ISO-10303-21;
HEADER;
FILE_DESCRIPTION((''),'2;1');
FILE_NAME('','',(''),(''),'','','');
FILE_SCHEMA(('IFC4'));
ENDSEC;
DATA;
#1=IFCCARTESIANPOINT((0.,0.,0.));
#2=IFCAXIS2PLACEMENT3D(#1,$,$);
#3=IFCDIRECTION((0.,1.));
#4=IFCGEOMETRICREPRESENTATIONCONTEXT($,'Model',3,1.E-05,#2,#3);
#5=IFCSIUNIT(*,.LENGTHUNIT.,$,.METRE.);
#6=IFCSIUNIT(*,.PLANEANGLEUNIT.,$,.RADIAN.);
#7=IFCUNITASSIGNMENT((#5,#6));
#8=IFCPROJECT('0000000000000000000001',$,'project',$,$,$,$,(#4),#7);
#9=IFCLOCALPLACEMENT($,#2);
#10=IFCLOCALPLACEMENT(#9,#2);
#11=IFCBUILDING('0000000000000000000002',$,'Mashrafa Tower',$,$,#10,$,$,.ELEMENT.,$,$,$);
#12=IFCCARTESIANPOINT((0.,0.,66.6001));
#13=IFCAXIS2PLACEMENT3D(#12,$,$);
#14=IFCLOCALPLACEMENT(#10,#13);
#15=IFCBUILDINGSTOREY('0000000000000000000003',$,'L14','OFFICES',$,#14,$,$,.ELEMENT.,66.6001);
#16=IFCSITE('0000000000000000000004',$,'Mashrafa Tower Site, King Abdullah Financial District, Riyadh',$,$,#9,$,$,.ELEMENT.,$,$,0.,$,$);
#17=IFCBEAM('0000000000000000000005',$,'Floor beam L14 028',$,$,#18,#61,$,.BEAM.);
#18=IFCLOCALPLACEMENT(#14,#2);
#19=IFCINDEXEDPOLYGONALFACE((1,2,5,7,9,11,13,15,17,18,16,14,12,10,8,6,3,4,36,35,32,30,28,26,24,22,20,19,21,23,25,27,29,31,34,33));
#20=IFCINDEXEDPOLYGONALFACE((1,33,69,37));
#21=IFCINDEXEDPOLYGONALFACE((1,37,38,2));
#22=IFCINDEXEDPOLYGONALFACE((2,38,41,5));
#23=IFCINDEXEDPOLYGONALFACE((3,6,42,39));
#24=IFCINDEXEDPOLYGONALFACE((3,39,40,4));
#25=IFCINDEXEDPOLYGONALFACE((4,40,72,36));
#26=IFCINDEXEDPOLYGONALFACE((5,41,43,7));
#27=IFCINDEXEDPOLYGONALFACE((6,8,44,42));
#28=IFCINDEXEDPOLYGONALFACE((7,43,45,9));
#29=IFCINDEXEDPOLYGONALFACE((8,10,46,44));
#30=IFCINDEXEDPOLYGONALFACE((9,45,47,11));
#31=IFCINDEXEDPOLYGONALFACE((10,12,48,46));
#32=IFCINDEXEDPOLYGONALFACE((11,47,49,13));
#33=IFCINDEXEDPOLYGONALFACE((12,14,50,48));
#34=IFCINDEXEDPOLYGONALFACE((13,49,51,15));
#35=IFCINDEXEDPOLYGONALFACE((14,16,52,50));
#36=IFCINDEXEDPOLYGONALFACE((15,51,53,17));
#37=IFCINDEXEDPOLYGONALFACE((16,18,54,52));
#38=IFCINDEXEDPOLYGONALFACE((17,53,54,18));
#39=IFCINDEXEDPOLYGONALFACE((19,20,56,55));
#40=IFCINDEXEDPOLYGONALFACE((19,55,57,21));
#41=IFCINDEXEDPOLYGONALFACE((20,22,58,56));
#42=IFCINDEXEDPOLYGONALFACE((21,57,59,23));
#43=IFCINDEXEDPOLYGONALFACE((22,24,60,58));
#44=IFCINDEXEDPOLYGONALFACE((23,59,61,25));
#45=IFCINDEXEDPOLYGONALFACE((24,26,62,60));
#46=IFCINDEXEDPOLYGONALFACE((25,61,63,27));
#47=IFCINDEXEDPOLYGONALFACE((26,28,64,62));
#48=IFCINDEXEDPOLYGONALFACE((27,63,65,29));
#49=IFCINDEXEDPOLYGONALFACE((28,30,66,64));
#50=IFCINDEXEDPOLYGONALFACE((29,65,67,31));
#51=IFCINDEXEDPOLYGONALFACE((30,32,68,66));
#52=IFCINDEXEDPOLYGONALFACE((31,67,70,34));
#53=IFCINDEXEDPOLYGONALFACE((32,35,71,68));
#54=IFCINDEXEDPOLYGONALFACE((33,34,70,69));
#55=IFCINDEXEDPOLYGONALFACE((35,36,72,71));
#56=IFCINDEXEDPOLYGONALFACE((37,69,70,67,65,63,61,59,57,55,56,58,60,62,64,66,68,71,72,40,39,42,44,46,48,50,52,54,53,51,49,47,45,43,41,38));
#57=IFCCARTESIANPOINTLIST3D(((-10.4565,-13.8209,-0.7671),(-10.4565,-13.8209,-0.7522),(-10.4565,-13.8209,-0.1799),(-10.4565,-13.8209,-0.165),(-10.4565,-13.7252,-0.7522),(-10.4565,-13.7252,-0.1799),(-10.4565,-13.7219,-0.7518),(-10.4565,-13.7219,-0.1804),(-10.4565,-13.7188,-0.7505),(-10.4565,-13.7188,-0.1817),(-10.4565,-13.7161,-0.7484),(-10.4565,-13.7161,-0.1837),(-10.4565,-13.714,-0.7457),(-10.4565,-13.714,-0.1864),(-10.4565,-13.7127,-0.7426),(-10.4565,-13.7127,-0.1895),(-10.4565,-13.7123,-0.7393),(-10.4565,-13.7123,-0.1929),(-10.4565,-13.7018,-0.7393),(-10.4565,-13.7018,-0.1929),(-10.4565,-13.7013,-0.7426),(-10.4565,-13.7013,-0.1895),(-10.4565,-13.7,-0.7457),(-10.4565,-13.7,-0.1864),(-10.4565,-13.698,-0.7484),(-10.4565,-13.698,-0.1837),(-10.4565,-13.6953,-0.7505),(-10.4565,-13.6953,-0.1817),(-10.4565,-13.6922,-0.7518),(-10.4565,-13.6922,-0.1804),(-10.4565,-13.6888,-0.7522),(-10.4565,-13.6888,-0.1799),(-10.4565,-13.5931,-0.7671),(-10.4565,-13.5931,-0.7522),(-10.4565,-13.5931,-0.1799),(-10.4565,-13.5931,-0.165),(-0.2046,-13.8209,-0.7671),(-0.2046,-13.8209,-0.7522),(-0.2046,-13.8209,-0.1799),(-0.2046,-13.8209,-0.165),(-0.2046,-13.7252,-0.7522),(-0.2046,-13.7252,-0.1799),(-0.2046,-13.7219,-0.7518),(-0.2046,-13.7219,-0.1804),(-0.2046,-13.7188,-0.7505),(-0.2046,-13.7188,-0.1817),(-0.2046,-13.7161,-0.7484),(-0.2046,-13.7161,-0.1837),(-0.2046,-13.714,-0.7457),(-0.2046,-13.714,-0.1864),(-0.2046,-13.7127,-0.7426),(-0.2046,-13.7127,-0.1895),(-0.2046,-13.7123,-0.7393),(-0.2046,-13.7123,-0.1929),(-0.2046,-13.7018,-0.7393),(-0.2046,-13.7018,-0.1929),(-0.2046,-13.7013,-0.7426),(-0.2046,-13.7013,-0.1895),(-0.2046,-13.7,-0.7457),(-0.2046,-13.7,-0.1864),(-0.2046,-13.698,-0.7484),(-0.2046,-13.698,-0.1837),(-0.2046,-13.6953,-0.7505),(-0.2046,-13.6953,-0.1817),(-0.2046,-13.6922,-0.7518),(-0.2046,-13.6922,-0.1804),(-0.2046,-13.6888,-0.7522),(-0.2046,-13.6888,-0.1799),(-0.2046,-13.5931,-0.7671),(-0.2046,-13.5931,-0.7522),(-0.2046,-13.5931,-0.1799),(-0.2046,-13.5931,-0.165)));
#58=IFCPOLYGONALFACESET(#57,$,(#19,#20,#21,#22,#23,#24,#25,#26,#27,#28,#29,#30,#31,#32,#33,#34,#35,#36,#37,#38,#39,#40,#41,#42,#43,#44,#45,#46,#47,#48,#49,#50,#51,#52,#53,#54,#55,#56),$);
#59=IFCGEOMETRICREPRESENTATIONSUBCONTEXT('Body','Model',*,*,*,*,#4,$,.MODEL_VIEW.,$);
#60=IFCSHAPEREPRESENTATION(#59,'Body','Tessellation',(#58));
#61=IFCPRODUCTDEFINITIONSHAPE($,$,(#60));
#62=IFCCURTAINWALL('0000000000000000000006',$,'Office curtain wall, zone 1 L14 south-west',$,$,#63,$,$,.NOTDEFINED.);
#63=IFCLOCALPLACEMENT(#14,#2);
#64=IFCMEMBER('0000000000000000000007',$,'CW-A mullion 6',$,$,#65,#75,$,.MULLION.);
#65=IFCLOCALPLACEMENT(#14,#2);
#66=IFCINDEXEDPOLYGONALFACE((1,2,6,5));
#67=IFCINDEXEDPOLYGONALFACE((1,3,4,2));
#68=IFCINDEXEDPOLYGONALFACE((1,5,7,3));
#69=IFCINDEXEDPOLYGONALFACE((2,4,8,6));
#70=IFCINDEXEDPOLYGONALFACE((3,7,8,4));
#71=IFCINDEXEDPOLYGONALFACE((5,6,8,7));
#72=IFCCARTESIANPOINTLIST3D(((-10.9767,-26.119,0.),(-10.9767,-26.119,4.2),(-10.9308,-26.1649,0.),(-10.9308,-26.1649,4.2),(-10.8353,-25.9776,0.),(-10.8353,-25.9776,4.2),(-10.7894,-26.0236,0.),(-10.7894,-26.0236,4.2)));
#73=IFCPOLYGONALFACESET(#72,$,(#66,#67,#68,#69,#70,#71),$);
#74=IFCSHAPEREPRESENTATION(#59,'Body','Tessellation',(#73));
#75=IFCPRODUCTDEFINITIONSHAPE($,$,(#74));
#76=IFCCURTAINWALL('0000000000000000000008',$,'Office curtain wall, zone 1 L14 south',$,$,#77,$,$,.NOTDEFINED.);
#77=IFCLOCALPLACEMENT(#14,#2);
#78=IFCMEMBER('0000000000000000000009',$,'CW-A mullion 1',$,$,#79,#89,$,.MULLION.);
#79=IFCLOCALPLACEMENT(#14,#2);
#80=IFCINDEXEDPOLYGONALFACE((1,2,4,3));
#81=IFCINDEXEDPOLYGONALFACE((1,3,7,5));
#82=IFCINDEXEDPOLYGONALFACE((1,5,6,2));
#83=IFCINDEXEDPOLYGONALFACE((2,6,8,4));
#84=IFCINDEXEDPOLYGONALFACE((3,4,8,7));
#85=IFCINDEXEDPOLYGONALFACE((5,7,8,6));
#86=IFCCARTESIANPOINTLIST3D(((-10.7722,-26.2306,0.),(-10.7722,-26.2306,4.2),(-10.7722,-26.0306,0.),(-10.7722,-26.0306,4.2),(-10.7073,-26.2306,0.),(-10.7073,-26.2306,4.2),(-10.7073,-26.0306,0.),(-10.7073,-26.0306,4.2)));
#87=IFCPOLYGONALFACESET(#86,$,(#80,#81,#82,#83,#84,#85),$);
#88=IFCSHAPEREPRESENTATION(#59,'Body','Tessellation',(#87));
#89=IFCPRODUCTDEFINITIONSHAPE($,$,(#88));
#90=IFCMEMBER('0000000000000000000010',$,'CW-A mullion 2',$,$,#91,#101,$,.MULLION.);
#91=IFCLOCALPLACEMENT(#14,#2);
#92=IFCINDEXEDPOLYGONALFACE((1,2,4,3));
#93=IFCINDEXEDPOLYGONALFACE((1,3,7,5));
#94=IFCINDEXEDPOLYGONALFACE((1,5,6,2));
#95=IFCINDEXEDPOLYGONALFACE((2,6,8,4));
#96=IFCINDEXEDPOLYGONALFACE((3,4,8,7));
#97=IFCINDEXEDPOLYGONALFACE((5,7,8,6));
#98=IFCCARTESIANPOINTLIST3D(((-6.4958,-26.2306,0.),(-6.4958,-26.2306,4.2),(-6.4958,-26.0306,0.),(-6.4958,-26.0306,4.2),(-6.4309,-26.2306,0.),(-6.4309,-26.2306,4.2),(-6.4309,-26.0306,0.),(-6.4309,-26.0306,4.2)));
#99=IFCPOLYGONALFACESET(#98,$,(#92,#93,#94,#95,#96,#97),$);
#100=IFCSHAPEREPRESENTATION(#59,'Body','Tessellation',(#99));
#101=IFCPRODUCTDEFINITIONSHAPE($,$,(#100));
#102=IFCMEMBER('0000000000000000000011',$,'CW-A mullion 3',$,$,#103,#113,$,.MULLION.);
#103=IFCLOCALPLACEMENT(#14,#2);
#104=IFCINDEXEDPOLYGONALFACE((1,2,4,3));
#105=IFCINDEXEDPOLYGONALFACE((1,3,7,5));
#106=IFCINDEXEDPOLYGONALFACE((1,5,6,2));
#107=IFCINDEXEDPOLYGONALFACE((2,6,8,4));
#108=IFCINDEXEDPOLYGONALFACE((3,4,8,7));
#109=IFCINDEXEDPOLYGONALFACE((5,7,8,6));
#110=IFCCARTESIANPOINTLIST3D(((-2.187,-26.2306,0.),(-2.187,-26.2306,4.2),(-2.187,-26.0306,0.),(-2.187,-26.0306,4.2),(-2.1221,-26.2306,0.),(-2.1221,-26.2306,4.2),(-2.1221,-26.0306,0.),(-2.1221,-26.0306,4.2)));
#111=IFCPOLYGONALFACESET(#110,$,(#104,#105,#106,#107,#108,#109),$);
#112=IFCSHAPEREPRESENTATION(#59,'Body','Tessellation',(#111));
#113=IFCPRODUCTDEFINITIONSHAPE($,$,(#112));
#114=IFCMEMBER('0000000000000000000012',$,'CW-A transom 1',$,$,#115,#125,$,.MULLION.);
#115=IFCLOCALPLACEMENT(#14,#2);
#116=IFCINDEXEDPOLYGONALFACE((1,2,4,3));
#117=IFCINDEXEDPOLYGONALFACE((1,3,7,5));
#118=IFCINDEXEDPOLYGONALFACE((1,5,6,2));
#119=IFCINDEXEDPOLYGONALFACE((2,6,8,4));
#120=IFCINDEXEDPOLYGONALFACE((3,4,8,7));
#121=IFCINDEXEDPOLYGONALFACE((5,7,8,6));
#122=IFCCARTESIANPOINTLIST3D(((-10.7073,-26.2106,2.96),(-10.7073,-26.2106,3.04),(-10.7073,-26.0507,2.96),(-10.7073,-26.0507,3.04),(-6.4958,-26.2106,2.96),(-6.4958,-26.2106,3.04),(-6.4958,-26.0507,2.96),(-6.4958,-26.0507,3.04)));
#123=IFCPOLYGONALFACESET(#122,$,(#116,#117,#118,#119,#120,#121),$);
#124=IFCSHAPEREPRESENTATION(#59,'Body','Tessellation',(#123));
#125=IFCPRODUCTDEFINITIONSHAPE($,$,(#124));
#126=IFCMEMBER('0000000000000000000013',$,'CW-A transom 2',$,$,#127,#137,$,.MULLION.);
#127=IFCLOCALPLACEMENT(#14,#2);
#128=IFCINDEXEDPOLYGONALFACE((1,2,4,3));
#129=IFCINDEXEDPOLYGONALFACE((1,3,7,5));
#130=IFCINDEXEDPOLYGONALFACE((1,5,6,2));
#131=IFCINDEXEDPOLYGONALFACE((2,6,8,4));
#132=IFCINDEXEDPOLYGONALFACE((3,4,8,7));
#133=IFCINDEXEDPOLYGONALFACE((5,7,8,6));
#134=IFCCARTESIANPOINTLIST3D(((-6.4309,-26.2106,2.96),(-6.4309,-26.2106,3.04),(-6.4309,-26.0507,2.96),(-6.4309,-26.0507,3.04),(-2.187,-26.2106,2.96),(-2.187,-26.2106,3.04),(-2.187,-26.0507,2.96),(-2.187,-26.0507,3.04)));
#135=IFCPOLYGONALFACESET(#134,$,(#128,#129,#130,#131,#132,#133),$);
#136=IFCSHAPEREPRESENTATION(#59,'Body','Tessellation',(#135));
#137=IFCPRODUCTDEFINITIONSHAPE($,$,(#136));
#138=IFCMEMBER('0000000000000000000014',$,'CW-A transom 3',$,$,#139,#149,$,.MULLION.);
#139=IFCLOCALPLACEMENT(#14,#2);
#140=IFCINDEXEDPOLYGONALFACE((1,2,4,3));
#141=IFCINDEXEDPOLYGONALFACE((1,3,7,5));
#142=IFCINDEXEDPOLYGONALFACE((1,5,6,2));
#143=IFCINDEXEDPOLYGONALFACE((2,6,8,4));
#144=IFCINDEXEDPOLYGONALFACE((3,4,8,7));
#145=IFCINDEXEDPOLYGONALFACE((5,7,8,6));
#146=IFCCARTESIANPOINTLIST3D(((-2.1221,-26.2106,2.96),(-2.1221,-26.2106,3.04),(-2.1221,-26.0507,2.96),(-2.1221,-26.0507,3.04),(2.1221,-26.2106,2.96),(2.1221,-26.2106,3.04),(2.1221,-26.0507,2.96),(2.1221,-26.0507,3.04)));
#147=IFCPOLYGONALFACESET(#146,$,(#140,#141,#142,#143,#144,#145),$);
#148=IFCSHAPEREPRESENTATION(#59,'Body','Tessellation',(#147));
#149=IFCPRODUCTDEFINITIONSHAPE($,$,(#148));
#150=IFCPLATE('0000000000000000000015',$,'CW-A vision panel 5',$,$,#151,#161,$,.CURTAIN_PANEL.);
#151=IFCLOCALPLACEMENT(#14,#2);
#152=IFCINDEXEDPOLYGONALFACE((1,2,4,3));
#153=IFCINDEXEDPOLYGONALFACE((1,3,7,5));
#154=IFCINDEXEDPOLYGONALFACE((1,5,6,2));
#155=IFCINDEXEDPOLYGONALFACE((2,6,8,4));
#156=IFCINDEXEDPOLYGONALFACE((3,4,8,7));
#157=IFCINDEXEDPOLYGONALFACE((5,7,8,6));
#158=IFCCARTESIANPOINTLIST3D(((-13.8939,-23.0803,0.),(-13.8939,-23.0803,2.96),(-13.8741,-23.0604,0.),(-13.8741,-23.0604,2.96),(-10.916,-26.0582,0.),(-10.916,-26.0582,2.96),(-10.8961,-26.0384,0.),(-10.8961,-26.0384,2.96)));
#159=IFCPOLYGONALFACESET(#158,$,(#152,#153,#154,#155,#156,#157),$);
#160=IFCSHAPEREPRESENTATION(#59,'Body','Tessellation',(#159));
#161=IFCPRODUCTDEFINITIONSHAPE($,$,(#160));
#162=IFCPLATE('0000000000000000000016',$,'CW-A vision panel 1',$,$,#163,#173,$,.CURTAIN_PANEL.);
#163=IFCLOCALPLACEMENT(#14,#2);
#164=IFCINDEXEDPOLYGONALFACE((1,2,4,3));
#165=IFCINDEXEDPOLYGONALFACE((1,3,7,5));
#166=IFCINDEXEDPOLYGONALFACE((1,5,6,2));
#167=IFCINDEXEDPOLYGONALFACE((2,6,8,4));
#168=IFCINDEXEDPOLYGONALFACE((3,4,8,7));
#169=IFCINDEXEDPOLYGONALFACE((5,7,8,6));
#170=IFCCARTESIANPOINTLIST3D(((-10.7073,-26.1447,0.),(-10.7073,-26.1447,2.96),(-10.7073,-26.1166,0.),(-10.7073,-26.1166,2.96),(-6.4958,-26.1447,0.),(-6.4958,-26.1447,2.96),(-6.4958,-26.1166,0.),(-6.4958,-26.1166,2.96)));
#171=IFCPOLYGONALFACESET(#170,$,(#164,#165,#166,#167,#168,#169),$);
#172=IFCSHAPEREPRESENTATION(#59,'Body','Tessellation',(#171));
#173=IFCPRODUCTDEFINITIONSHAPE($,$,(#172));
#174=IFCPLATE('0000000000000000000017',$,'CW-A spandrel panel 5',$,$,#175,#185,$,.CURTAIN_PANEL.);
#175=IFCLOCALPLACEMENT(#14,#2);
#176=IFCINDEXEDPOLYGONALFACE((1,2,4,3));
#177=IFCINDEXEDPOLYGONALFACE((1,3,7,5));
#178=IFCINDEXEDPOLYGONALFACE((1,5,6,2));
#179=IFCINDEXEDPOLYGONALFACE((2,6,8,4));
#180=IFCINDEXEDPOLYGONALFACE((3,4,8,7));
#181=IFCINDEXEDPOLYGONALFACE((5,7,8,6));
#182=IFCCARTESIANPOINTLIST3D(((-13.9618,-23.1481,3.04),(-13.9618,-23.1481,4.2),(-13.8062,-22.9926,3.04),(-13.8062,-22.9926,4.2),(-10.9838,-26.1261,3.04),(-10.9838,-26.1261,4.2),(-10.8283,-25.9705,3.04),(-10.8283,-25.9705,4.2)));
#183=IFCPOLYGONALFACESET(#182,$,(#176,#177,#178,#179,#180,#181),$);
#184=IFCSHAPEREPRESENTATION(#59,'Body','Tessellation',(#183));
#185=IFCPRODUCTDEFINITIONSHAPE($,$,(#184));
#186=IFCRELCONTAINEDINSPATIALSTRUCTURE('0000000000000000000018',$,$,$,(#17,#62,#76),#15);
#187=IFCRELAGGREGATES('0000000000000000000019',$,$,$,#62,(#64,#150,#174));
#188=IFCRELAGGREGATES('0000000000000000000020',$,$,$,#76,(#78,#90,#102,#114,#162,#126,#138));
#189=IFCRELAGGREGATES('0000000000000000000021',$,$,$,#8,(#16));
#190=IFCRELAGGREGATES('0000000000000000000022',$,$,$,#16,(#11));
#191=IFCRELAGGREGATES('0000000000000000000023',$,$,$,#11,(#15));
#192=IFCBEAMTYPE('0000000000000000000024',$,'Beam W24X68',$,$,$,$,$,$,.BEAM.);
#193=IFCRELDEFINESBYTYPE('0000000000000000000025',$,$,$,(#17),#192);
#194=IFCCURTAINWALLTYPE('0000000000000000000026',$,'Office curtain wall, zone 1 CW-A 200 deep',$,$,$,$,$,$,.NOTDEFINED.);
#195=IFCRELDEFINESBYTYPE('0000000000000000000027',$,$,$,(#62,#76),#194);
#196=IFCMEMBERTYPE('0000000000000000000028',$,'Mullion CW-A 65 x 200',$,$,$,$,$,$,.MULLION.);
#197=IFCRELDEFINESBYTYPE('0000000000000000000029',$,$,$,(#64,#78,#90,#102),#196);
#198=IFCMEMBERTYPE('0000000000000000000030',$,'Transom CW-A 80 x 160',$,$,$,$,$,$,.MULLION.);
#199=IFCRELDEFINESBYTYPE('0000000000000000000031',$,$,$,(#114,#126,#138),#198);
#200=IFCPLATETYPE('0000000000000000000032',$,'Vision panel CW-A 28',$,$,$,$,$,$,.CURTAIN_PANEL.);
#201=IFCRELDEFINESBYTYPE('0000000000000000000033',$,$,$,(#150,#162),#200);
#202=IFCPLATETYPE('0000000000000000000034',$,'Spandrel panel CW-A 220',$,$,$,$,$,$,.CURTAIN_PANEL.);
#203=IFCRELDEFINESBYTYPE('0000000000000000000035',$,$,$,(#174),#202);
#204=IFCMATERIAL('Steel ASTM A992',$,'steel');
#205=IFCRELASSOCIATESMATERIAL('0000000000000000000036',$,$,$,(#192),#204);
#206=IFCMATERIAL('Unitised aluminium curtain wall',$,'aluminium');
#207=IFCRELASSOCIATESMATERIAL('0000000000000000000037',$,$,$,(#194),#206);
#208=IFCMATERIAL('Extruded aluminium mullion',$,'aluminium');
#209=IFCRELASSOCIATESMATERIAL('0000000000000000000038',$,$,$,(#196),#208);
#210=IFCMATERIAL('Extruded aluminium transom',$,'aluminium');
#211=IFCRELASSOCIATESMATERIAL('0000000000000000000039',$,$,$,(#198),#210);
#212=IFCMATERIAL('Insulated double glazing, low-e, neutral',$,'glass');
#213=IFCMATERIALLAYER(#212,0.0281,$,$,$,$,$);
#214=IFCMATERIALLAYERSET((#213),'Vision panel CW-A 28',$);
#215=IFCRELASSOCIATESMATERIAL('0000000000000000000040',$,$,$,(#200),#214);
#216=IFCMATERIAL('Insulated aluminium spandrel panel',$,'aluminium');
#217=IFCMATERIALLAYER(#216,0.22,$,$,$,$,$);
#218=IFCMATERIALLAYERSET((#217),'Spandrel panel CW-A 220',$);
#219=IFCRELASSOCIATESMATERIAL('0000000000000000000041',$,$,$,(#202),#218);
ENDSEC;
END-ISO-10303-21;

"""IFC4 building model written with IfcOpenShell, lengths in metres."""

from ifc_helpers import new_model, si_unit, direction, frame, origin, origin_2d, place, context, subcontext, project, spatial, rectangle, i_section, extrude, source, transform, mapped, material, layer, layer_set, material_profile, profile_set, type_object, type_shapes, element, aggregate, save


model = new_model("IFC4")

# Units and contexts
model_context = context("Model", 3, precision=1e-05, world=origin(), true_north=direction((0.0, 1.0)))
body_context = subcontext(model_context, "Body", "Model", "MODEL_VIEW")
ifc_project = project(units=[si_unit("LENGTHUNIT", "METRE"), si_unit("PLANEANGLEUNIT", "RADIAN")], contexts=[model_context])

# Site, building, storey
site_placement = place(None, origin())
site = spatial("IfcSite", under=ifc_project, at=site_placement, Name="Mashrafa Tower Site, King Abdullah Financial District, Riyadh", CompositionType="ELEMENT", RefElevation=0.0)
building_placement = place(site_placement, origin())
building = spatial("IfcBuilding", under=site, at=building_placement, Name="Mashrafa Tower", CompositionType="ELEMENT")
storey_placement = place(building_placement, frame((0.0, 0.0, 66.6001)))
storey = spatial("IfcBuildingStorey", under=building, at=storey_placement, Name="L14", Description="OFFICES", CompositionType="ELEMENT", Elevation=66.6001)

# Beam
ifc_material_1 = material(Name="Steel ASTM A992", Category="steel")
ifc_material_profile_1 = material_profile(ifc_material_1, i_section(OverallWidth=0.2278, OverallDepth=0.6021, WebThickness=0.0105, FlangeThickness=0.0149, FilletRadius=0.0129, at=origin_2d()), Name="W24X68")
ifc_profile_set_1 = profile_set([ifc_material_profile_1], Name="Steel ASTM A992")
beam_type_1 = type_object("IfcBeamType", Name="Beam W24X68", PredefinedType="BEAM", material=ifc_profile_set_1)
beam_1_placement = place(storey_placement, frame((-0.2046, -13.707, -0.4661), z_axis=(-1.0, 0.0, 0.0), x_axis=(0.0, -1.0, 0.0)))
element("IfcBeam", 1, at=beam_1_placement, inside=storey, type_object=beam_type_1, Name="Floor beam L14 028", PredefinedType="BEAM", context=body_context, shape_type="SweptSolid", body=[
    extrude(i_section(OverallWidth=0.2278, OverallDepth=0.6021, WebThickness=0.0105, FlangeThickness=0.0149, FilletRadius=0.0129, at=origin_2d()), origin(), (0.0, 0.0, 1.0), 10.252),
])

# Curtain wall, member
ifc_material_2 = material(Name="Unitised aluminium curtain wall", Category="aluminium")
curtain_wall_type = type_object("IfcCurtainWallType", Name="Office curtain wall, zone 1 CW-A 200 deep", PredefinedType="NOTDEFINED", material=ifc_material_2)
curtain_wall_1_placement = place(storey_placement, origin())
curtain_wall_1 = element("IfcCurtainWall", 2, at=curtain_wall_1_placement, inside=storey, type_object=curtain_wall_type, Name="Office curtain wall, zone 1 L14 south-west", PredefinedType="NOTDEFINED")
ifc_material_3 = material(Name="Extruded aluminium mullion", Category="aluminium")
ifc_material_profile_2 = material_profile(ifc_material_3, rectangle(XDim=0.2, YDim=0.0649, at=origin_2d()), Name="Mullion 65x200")
ifc_profile_set_2 = profile_set([ifc_material_profile_2], Name="Extruded aluminium mullion")
member_type_1 = type_object("IfcMemberType", Name="Mullion CW-A 65 x 200", PredefinedType="MULLION", material=ifc_profile_set_2)
shared_shape_1 = source(origin(), body_context, "Body", "SweptSolid", [
    extrude(rectangle(XDim=0.2, YDim=0.0649, at=origin_2d()), origin(), (0.0, 0.0, 1.0), 4.2),
])
type_shapes(member_type_1, [shared_shape_1])
member_1_placement = place(storey_placement, frame((-10.8831, -26.0713, 0.0), z_axis=(0.0, 0.0, 1.0), x_axis=(0.707107, 0.707107, 0.0)))
member_1 = element("IfcMember", 3, at=member_1_placement, type_object=member_type_1, Name="CW-A mullion 6", PredefinedType="MULLION", context=body_context, shape_type="MappedRepresentation", body=[
    mapped(shared_shape_1, transform((0.0, 0.0, 0.0))),
])

# Curtain wall, members
curtain_wall_2_placement = place(storey_placement, origin())
curtain_wall_2 = element("IfcCurtainWall", 4, at=curtain_wall_2_placement, inside=storey, type_object=curtain_wall_type, Name="Office curtain wall, zone 1 L14 south", PredefinedType="NOTDEFINED")
member_2_placement = place(storey_placement, frame((-10.7397, -26.1306, 0.0), z_axis=(0.0, 0.0, 1.0), x_axis=(0.0, 1.0, 0.0)))
member_2 = element("IfcMember", 5, at=member_2_placement, type_object=member_type_1, Name="CW-A mullion 1", PredefinedType="MULLION", context=body_context, shape_type="MappedRepresentation", body=[
    mapped(shared_shape_1, transform((0.0, 0.0, 0.0))),
])
member_3_placement = place(storey_placement, frame((-6.4634, -26.1306, 0.0), z_axis=(0.0, 0.0, 1.0), x_axis=(0.0, 1.0, 0.0)))
member_3 = element("IfcMember", 6, at=member_3_placement, type_object=member_type_1, Name="CW-A mullion 2", PredefinedType="MULLION", context=body_context, shape_type="MappedRepresentation", body=[
    mapped(shared_shape_1, transform((0.0, 0.0, 0.0))),
])
member_4_placement = place(storey_placement, frame((-2.1545, -26.1306, 0.0), z_axis=(0.0, 0.0, 1.0), x_axis=(0.0, 1.0, 0.0)))
member_4 = element("IfcMember", 7, at=member_4_placement, type_object=member_type_1, Name="CW-A mullion 3", PredefinedType="MULLION", context=body_context, shape_type="MappedRepresentation", body=[
    mapped(shared_shape_1, transform((0.0, 0.0, 0.0))),
])
ifc_material_4 = material(Name="Extruded aluminium transom", Category="aluminium")
ifc_material_profile_3 = material_profile(ifc_material_4, rectangle(XDim=0.1599, YDim=0.0801, at=origin_2d()), Name="Transom 80x160")
ifc_profile_set_3 = profile_set([ifc_material_profile_3], Name="Extruded aluminium transom")
member_type_2 = type_object("IfcMemberType", Name="Transom CW-A 80 x 160", PredefinedType="MULLION", material=ifc_profile_set_3)
shared_shape_2 = source(origin(), body_context, "Body", "SweptSolid", [
    extrude(rectangle(XDim=0.1599, YDim=0.0801, at=origin_2d()), origin(), (0.0, 0.0, 1.0), 4.2114),
])
member_5_placement = place(storey_placement, frame((-10.7073, -26.1306, 3.0), z_axis=(1.0, 0.0, 0.0), x_axis=(0.0, 1.0, 0.0)))
member_5 = element("IfcMember", 8, at=member_5_placement, type_object=member_type_2, Name="CW-A transom 1", PredefinedType="MULLION", context=body_context, shape_type="MappedRepresentation", body=[
    mapped(shared_shape_2, transform((0.0, 0.0, 0.0))),
])
shared_shape_3 = source(origin(), body_context, "Body", "SweptSolid", [
    extrude(rectangle(XDim=0.1599, YDim=0.0801, at=origin_2d()), origin(), (0.0, 0.0, 1.0), 4.2439),
])
member_6_placement = place(storey_placement, frame((-6.4309, -26.1306, 3.0), z_axis=(1.0, 0.0, 0.0), x_axis=(0.0, 1.0, 0.0)))
member_6 = element("IfcMember", 9, at=member_6_placement, type_object=member_type_2, Name="CW-A transom 2", PredefinedType="MULLION", context=body_context, shape_type="MappedRepresentation", body=[
    mapped(shared_shape_3, transform((0.0, 0.0, 0.0))),
])
shared_shape_4 = source(origin(), body_context, "Body", "SweptSolid", [
    extrude(rectangle(XDim=0.1599, YDim=0.0801, at=origin_2d()), origin(), (0.0, 0.0, 1.0), 4.2441),
])
type_shapes(member_type_2, [shared_shape_2, shared_shape_3, shared_shape_4])
member_7_placement = place(storey_placement, frame((-2.1221, -26.1306, 3.0), z_axis=(1.0, 0.0, 0.0), x_axis=(0.0, 1.0, 0.0)))
member_7 = element("IfcMember", 10, at=member_7_placement, type_object=member_type_2, Name="CW-A transom 3", PredefinedType="MULLION", context=body_context, shape_type="MappedRepresentation", body=[
    mapped(shared_shape_4, transform((0.0, 0.0, 0.0))),
])

# Plates
ifc_material_5 = material(Name="Insulated double glazing, low-e, neutral", Category="glass")
ifc_layer_1 = layer(ifc_material_5, 0.0281)
ifc_layer_set_1 = layer_set([ifc_layer_1], Name="Vision panel CW-A 28")
plate_type_1 = type_object("IfcPlateType", Name="Vision panel CW-A 28", PredefinedType="CURTAIN_PANEL", material=ifc_layer_set_1)
shared_shape_5 = source(origin(), body_context, "Body", "SweptSolid", [
    extrude(rectangle(XDim=4.2114, YDim=0.0281, at=origin_2d()), origin(), (0.0, 0.0, 1.0), 2.96),
])
plate_1_placement = place(storey_placement, frame((-12.395, -24.5593, 0.0), z_axis=(0.0, 0.0, 1.0), x_axis=(0.707107, -0.707107, 0.0)))
plate_1 = element("IfcPlate", 11, at=plate_1_placement, type_object=plate_type_1, Name="CW-A vision panel 5", PredefinedType="CURTAIN_PANEL", context=body_context, shape_type="MappedRepresentation", body=[
    mapped(shared_shape_5, transform((0.0, 0.0, 0.0))),
])
plate_2_placement = place(storey_placement, frame((-8.6016, -26.1306, 0.0), z_axis=(0.0, 0.0, 1.0), x_axis=(1.0, 0.0, 0.0)))
plate_2 = element("IfcPlate", 12, at=plate_2_placement, type_object=plate_type_1, Name="CW-A vision panel 1", PredefinedType="CURTAIN_PANEL", context=body_context, shape_type="MappedRepresentation", body=[
    mapped(shared_shape_5, transform((0.0, 0.0, 0.0))),
])
ifc_material_6 = material(Name="Insulated aluminium spandrel panel", Category="aluminium")
ifc_layer_2 = layer(ifc_material_6, 0.22)
ifc_layer_set_2 = layer_set([ifc_layer_2], Name="Spandrel panel CW-A 220")
plate_type_2 = type_object("IfcPlateType", Name="Spandrel panel CW-A 220", PredefinedType="CURTAIN_PANEL", material=ifc_layer_set_2)
shared_shape_6 = source(origin(), body_context, "Body", "SweptSolid", [
    extrude(rectangle(XDim=4.2114, YDim=0.22, at=origin_2d()), origin(), (0.0, 0.0, 1.0), 1.1599),
])
plate_3_placement = place(storey_placement, frame((-12.395, -24.5593, 3.04), z_axis=(0.0, 0.0, 1.0), x_axis=(0.707107, -0.707107, 0.0)))
plate_3 = element("IfcPlate", 13, at=plate_3_placement, type_object=plate_type_2, Name="CW-A spandrel panel 5", PredefinedType="CURTAIN_PANEL", context=body_context, shape_type="MappedRepresentation", body=[
    mapped(shared_shape_6, transform((0.0, 0.0, 0.0))),
])
aggregate(curtain_wall_1, [member_1, plate_1, plate_3])
aggregate(curtain_wall_2, [member_2, member_3, member_4, member_5, plate_2, member_6, member_7])

save(model, "model.ifc")
